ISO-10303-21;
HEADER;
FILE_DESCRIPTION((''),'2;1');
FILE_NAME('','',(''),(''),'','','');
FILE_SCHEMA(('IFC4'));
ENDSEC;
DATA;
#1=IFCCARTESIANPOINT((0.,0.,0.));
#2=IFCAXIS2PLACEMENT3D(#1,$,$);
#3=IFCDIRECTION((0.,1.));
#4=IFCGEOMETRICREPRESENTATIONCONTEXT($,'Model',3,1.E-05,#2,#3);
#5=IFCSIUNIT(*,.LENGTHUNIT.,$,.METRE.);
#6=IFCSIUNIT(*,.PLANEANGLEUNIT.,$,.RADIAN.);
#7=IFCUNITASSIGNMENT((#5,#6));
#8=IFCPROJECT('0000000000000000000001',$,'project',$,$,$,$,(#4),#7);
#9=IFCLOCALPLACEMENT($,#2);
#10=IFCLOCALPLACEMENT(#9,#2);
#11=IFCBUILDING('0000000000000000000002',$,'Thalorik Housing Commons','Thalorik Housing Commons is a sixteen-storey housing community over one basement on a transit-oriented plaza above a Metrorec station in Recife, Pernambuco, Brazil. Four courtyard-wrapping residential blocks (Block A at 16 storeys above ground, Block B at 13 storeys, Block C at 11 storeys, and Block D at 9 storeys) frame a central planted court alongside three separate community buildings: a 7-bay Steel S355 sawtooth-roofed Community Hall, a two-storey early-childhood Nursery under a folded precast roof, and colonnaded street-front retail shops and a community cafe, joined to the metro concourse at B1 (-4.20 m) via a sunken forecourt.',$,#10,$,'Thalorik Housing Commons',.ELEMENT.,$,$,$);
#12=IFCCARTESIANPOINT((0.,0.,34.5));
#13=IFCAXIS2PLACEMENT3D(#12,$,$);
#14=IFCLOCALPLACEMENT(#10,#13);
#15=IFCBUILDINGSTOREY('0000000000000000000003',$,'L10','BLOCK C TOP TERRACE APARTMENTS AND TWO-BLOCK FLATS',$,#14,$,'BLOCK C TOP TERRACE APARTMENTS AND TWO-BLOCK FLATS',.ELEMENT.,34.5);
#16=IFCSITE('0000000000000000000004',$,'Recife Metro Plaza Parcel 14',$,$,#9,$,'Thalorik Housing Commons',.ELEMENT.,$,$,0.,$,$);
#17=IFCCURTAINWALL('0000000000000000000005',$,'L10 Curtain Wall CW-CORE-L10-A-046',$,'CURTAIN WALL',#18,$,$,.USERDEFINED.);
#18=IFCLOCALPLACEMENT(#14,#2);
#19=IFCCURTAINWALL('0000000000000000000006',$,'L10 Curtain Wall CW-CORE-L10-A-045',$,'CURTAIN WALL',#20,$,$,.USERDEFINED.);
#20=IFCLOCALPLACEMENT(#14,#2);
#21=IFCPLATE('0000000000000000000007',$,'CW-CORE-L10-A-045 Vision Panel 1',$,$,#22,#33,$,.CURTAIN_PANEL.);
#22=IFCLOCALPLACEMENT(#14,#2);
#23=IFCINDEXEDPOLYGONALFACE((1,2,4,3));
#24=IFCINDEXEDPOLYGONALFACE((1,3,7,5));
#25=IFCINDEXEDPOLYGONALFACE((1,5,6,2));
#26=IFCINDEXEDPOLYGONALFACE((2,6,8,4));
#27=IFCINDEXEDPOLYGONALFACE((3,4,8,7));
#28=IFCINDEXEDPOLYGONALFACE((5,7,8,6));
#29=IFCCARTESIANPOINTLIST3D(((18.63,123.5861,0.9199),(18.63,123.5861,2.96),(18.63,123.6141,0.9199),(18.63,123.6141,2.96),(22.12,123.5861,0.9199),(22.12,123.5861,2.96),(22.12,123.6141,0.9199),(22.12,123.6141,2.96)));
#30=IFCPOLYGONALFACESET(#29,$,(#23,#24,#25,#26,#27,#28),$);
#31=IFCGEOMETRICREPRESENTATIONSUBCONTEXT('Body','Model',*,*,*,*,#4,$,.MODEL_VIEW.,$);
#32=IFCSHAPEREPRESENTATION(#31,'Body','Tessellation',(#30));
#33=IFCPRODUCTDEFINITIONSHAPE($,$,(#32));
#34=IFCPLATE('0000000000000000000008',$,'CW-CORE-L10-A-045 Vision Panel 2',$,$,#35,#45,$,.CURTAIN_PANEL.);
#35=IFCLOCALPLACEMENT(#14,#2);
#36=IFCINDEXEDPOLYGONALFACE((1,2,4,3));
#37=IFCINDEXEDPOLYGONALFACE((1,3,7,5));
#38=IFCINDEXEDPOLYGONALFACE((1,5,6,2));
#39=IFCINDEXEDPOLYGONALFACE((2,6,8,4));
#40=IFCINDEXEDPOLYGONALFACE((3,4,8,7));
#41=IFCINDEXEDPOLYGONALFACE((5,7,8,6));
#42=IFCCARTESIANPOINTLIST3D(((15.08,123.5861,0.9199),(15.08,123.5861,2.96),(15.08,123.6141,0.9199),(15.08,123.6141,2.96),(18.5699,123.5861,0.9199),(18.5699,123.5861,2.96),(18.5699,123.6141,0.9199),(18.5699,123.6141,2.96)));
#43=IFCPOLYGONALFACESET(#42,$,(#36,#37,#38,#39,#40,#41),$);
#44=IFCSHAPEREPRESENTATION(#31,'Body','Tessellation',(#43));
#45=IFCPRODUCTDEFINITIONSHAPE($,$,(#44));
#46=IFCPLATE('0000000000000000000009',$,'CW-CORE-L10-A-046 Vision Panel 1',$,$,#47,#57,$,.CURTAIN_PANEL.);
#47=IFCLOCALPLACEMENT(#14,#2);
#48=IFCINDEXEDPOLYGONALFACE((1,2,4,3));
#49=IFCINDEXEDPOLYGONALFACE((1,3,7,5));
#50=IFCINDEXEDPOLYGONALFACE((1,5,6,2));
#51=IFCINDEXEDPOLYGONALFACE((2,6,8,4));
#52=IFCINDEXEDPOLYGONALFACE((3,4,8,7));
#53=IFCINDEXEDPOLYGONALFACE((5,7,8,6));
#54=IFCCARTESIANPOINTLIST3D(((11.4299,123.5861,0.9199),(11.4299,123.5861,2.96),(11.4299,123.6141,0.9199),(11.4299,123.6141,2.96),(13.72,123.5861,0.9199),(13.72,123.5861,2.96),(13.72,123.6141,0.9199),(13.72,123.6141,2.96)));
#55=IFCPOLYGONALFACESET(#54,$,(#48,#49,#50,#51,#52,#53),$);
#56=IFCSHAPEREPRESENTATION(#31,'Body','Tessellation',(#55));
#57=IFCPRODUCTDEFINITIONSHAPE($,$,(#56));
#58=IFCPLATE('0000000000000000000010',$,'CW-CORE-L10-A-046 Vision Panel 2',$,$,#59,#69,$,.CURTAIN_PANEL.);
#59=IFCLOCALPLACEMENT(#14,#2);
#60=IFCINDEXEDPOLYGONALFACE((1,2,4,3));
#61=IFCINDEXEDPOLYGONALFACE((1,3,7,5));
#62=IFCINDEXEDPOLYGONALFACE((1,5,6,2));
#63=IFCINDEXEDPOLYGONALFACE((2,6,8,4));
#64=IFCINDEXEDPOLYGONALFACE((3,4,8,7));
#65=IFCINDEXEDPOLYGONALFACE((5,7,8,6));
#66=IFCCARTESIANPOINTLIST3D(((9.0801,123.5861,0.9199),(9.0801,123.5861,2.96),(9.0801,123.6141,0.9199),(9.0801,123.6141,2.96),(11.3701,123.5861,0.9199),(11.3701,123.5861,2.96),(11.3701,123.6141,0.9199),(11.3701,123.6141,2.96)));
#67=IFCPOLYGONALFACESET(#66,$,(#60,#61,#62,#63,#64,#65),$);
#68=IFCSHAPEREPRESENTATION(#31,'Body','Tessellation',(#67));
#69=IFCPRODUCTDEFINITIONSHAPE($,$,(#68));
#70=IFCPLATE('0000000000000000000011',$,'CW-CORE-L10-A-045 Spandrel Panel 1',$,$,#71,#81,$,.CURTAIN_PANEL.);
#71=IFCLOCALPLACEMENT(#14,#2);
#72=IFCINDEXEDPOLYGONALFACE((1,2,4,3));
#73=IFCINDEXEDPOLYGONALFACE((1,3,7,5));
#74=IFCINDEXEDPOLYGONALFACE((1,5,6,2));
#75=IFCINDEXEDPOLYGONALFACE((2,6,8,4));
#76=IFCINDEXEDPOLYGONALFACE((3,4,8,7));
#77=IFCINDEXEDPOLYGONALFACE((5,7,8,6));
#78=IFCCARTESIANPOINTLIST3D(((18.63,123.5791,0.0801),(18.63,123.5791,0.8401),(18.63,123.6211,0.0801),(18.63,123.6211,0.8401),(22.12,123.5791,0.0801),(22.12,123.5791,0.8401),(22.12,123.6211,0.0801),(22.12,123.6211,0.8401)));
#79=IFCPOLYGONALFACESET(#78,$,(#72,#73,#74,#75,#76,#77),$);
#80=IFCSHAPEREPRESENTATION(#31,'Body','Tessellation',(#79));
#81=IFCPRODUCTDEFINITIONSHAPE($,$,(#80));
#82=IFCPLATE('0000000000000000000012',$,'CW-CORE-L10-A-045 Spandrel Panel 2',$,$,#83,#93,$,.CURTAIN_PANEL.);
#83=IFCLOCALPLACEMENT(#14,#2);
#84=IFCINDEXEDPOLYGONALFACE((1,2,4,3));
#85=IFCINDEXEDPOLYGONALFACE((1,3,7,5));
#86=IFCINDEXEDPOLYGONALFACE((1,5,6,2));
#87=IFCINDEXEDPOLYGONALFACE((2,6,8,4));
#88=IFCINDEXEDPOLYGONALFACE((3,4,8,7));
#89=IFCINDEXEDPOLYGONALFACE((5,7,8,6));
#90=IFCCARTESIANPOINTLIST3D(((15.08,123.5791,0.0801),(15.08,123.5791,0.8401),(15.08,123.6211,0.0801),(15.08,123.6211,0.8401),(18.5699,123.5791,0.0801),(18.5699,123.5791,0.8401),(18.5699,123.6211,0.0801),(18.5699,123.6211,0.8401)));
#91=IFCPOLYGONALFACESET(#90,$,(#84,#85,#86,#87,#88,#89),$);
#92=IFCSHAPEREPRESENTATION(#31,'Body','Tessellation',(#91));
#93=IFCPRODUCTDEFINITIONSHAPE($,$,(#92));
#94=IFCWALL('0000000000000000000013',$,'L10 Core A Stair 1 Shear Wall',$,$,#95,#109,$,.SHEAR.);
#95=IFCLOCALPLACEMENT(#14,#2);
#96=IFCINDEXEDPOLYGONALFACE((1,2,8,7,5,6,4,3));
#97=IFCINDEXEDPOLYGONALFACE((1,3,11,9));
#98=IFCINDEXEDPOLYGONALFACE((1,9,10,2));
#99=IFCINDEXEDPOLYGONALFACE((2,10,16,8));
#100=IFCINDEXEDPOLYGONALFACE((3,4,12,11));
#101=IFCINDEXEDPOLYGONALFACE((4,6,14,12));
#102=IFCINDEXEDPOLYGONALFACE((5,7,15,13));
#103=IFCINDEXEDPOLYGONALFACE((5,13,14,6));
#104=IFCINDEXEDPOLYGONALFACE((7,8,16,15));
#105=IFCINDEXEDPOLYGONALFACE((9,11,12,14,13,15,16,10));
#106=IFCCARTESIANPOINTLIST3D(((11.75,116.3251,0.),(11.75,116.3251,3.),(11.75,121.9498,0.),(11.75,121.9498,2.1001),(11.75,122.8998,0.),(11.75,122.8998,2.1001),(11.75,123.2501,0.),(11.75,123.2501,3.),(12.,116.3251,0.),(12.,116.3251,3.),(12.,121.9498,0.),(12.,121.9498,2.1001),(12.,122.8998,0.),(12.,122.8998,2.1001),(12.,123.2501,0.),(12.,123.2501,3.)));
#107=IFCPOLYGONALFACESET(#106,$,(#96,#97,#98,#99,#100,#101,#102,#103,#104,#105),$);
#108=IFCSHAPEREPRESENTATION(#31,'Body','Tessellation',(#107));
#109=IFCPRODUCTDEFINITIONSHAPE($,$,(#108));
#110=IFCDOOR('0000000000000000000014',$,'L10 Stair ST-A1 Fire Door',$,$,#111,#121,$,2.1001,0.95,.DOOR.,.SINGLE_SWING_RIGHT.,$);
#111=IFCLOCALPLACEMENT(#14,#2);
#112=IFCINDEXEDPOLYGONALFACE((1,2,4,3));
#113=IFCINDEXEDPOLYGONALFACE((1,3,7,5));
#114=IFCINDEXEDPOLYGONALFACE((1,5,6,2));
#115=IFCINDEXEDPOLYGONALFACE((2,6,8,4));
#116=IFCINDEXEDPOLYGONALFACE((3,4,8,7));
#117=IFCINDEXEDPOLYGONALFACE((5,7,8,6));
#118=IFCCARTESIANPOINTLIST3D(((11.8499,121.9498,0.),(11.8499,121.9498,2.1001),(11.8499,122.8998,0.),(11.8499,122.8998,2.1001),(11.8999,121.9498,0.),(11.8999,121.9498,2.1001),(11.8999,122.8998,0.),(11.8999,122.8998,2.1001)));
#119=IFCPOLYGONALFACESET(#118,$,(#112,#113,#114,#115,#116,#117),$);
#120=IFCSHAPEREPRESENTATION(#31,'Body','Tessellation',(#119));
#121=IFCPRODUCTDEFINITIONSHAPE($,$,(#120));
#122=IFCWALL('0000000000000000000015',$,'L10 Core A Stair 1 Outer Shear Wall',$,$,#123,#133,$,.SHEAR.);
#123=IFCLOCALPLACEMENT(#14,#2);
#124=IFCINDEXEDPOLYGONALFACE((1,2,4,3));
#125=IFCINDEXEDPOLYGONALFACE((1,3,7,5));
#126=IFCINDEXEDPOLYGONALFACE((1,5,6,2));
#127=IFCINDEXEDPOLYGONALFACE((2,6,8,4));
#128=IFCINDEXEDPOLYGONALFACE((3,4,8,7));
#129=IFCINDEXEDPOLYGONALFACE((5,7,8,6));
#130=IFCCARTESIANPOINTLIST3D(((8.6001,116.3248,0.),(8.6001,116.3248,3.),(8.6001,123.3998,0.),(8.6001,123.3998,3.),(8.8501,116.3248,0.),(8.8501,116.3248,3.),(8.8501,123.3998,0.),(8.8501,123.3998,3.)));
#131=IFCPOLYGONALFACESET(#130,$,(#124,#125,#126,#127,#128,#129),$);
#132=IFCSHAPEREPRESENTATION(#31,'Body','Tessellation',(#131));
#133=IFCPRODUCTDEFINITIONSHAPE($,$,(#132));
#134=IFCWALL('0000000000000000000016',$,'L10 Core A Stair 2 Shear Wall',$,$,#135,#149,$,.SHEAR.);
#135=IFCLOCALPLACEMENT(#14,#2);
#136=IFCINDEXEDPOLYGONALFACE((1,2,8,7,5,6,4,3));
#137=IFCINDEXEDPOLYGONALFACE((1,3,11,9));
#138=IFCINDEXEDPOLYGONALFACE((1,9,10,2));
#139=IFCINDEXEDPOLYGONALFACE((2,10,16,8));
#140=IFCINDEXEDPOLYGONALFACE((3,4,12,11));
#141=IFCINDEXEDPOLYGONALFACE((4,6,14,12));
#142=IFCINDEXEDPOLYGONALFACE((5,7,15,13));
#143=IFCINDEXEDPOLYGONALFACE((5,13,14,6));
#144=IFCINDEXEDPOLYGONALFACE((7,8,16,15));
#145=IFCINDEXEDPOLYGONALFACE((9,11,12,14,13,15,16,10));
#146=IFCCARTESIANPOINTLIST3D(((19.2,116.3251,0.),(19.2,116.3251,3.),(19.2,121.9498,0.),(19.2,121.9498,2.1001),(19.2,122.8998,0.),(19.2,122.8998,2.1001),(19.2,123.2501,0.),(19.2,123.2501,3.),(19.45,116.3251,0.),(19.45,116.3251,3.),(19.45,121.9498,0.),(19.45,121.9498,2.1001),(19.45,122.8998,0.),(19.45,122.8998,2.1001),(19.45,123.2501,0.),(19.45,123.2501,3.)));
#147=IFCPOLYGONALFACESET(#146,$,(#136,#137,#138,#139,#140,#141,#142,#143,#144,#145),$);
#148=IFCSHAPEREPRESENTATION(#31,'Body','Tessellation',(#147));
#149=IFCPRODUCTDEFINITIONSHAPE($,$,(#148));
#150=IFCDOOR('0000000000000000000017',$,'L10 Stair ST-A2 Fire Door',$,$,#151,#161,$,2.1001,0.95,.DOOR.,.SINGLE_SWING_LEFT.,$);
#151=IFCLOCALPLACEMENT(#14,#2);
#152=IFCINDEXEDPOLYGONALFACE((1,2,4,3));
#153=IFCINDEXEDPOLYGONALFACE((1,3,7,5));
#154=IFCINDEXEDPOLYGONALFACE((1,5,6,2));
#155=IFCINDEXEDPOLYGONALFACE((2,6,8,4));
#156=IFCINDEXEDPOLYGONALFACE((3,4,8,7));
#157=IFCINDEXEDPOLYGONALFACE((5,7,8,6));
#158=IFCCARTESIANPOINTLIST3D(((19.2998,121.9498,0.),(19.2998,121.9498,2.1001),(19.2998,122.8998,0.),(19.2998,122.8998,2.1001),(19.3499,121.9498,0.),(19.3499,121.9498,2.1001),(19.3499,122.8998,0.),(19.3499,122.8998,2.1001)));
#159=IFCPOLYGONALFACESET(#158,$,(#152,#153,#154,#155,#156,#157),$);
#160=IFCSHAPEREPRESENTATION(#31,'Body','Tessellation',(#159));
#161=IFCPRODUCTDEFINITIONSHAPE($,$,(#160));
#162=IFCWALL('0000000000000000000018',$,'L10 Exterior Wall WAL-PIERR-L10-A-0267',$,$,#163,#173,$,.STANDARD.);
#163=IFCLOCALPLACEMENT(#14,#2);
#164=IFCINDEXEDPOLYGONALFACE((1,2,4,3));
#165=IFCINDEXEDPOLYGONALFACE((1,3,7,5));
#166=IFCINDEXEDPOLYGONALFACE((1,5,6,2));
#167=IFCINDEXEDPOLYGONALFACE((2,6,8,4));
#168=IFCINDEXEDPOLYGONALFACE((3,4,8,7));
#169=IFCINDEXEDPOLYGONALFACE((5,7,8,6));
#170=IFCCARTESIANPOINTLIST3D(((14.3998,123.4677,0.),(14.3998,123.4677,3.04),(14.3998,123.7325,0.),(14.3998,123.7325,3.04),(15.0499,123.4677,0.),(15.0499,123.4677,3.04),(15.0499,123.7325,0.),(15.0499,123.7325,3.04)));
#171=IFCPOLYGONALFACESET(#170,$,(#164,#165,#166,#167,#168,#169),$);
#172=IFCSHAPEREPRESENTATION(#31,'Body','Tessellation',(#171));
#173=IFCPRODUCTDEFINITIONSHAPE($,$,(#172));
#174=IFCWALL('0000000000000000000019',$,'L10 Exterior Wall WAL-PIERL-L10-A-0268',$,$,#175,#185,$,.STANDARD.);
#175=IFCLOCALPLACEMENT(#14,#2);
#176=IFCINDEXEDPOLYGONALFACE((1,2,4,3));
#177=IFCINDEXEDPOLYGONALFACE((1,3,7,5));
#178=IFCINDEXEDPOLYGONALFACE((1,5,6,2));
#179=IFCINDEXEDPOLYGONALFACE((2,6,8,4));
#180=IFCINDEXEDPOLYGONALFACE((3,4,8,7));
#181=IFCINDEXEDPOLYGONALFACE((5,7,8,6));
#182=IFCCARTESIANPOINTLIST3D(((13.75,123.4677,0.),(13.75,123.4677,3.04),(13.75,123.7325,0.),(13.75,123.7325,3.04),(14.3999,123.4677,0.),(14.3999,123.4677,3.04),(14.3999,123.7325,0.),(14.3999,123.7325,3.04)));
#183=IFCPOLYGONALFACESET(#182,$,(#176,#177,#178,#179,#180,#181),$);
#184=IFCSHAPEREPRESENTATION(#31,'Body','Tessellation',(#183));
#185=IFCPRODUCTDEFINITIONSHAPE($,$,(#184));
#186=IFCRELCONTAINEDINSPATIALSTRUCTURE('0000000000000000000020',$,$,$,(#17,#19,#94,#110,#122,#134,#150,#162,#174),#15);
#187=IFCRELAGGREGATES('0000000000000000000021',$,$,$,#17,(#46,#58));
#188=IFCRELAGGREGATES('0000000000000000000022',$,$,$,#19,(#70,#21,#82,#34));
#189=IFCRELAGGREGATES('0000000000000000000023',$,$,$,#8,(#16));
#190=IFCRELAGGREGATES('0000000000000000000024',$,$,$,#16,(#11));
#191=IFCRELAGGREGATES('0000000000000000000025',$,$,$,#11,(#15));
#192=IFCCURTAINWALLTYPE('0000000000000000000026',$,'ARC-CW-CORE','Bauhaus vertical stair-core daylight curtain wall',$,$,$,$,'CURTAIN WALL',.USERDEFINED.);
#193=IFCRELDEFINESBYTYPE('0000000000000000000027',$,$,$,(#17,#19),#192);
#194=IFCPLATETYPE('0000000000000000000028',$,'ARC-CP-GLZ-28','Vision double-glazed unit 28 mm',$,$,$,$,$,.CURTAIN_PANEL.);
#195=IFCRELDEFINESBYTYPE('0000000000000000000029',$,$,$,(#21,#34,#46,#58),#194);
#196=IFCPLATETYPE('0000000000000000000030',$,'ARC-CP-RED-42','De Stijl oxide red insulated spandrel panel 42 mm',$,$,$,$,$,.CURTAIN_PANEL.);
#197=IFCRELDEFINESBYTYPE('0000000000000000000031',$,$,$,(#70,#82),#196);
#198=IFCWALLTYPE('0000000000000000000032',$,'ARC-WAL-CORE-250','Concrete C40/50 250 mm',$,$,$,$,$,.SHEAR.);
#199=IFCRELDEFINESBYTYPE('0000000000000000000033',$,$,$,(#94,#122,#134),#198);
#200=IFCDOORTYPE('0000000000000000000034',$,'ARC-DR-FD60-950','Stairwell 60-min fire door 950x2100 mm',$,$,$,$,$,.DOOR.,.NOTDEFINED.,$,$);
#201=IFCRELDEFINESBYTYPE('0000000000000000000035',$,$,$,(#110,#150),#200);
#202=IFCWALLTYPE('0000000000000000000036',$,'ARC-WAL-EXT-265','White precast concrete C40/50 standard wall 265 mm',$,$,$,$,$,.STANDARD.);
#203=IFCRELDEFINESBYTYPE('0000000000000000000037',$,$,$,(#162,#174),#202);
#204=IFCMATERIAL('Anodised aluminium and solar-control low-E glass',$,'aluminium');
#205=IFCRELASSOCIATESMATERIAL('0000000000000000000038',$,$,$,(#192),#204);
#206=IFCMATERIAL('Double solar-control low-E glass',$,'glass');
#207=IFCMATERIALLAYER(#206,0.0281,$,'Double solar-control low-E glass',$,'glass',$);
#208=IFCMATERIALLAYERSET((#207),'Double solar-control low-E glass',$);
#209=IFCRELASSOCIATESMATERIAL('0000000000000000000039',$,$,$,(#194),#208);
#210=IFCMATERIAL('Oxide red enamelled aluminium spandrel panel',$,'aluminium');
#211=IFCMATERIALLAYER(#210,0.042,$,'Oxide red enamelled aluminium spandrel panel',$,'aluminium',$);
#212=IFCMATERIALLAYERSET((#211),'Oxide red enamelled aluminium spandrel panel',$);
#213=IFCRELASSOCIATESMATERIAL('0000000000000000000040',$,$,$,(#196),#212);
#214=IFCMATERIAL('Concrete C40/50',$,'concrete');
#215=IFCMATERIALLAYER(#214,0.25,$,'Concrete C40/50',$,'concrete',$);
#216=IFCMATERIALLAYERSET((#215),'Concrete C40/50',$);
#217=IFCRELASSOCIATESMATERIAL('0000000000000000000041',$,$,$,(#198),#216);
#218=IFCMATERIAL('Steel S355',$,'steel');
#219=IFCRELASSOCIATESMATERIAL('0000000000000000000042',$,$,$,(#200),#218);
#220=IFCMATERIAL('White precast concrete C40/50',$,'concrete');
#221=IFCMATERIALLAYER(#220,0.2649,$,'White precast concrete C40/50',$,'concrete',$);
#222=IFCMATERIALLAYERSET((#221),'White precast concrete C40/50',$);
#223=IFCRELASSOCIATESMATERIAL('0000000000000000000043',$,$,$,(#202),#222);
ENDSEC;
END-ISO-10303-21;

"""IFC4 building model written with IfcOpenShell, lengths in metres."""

from ifc_helpers import new_model, si_unit, direction, frame, frame_2d, origin, origin_2d, place, context, subcontext, project, spatial, rectangle, extrude, material, layer, layer_set, type_object, element, fill, aggregate, save


model = new_model("IFC4")

# Units and contexts
model_context = context("Model", 3, precision=1e-05, world=origin(), true_north=direction((0.0, 1.0)))
body_context = subcontext(model_context, "Body", "Model", "MODEL_VIEW")
ifc_project = project(units=[si_unit("LENGTHUNIT", "METRE"), si_unit("PLANEANGLEUNIT", "RADIAN")], contexts=[model_context])

# Site, building, storey
site_placement = place(None, origin())
site = spatial("IfcSite", under=ifc_project, at=site_placement, Name="Recife Metro Plaza Parcel 14", LongName="Thalorik Housing Commons", CompositionType="ELEMENT", RefElevation=0.0)
building_placement = place(site_placement, origin())
building = spatial("IfcBuilding", under=site, at=building_placement, Name="Thalorik Housing Commons", Description="Thalorik Housing Commons is a sixteen-storey housing community over one basement on a transit-oriented plaza above a Metrorec station in Recife, Pernambuco, Brazil. Four courtyard-wrapping residential blocks (Block A at 16 storeys above ground, Block B at 13 storeys, Block C at 11 storeys, and Block D at 9 storeys) frame a central planted court alongside three separate community buildings: a 7-bay Steel S355 sawtooth-roofed Community Hall, a two-storey early-childhood Nursery under a folded precast roof, and colonnaded street-front retail shops and a community cafe, joined to the metro concourse at B1 (-4.20 m) via a sunken forecourt.", LongName="Thalorik Housing Commons", CompositionType="ELEMENT")
storey_placement = place(building_placement, frame((0.0, 0.0, 34.5)))
storey = spatial("IfcBuildingStorey", under=building, at=storey_placement, Name="L10", Description="BLOCK C TOP TERRACE APARTMENTS AND TWO-BLOCK FLATS", LongName="BLOCK C TOP TERRACE APARTMENTS AND TWO-BLOCK FLATS", CompositionType="ELEMENT", Elevation=34.5)

# Curtain walls
ifc_material_1 = material(Name="Anodised aluminium and solar-control low-E glass", Category="aluminium")
curtain_wall_type = type_object("IfcCurtainWallType", Name="ARC-CW-CORE", Description="Bauhaus vertical stair-core daylight curtain wall", ElementType="CURTAIN WALL", PredefinedType="USERDEFINED", material=ifc_material_1)
curtain_wall_1_placement = place(storey_placement, origin())
curtain_wall_1 = element("IfcCurtainWall", 1, at=curtain_wall_1_placement, inside=storey, type_object=curtain_wall_type, Name="L10 Curtain Wall CW-CORE-L10-A-046", ObjectType="CURTAIN WALL", PredefinedType="USERDEFINED")
curtain_wall_2_placement = place(storey_placement, origin())
curtain_wall_2 = element("IfcCurtainWall", 2, at=curtain_wall_2_placement, inside=storey, type_object=curtain_wall_type, Name="L10 Curtain Wall CW-CORE-L10-A-045", ObjectType="CURTAIN WALL", PredefinedType="USERDEFINED")

# Plates
ifc_material_2 = material(Name="Double solar-control low-E glass", Category="glass")
ifc_layer_1 = layer(ifc_material_2, 0.0281, Name="Double solar-control low-E glass", Category="glass")
ifc_layer_set_1 = layer_set([ifc_layer_1], Name="Double solar-control low-E glass")
plate_type_1 = type_object("IfcPlateType", Name="ARC-CP-GLZ-28", Description="Vision double-glazed unit 28 mm", PredefinedType="CURTAIN_PANEL", material=ifc_layer_set_1)
plate_1_placement = place(storey_placement, frame((20.375, 123.6001, 0.9199), z_axis=(0.0, 0.0, 1.0), x_axis=(-1.0, 0.0, 0.0)))
plate_1 = element("IfcPlate", 3, at=plate_1_placement, type_object=plate_type_1, Name="CW-CORE-L10-A-045 Vision Panel 1", PredefinedType="CURTAIN_PANEL", context=body_context, shape_type="SweptSolid", body=[
    extrude(rectangle(XDim=3.49, YDim=0.0281, at=origin_2d()), origin(), (0.0, 0.0, 1.0), 2.04),
])
plate_2_placement = place(storey_placement, frame((16.825, 123.6001, 0.9199), z_axis=(0.0, 0.0, 1.0), x_axis=(-1.0, 0.0, 0.0)))
plate_2 = element("IfcPlate", 4, at=plate_2_placement, type_object=plate_type_1, Name="CW-CORE-L10-A-045 Vision Panel 2", PredefinedType="CURTAIN_PANEL", context=body_context, shape_type="SweptSolid", body=[
    extrude(rectangle(XDim=3.49, YDim=0.0281, at=origin_2d()), origin(), (0.0, 0.0, 1.0), 2.04),
])
plate_3_placement = place(storey_placement, frame((12.575, 123.6001, 0.9199), z_axis=(0.0, 0.0, 1.0), x_axis=(-1.0, 0.0, 0.0)))
plate_3 = element("IfcPlate", 5, at=plate_3_placement, type_object=plate_type_1, Name="CW-CORE-L10-A-046 Vision Panel 1", PredefinedType="CURTAIN_PANEL", context=body_context, shape_type="SweptSolid", body=[
    extrude(rectangle(XDim=2.29, YDim=0.0281, at=origin_2d()), origin(), (0.0, 0.0, 1.0), 2.04),
])
plate_4_placement = place(storey_placement, frame((10.2251, 123.6001, 0.9199), z_axis=(0.0, 0.0, 1.0), x_axis=(-1.0, 0.0, 0.0)))
plate_4 = element("IfcPlate", 6, at=plate_4_placement, type_object=plate_type_1, Name="CW-CORE-L10-A-046 Vision Panel 2", PredefinedType="CURTAIN_PANEL", context=body_context, shape_type="SweptSolid", body=[
    extrude(rectangle(XDim=2.29, YDim=0.0281, at=origin_2d()), origin(), (0.0, 0.0, 1.0), 2.04),
])
aggregate(curtain_wall_1, [plate_3, plate_4])
ifc_material_3 = material(Name="Oxide red enamelled aluminium spandrel panel", Category="aluminium")
ifc_layer_2 = layer(ifc_material_3, 0.042, Name="Oxide red enamelled aluminium spandrel panel", Category="aluminium")
ifc_layer_set_2 = layer_set([ifc_layer_2], Name="Oxide red enamelled aluminium spandrel panel")
plate_type_2 = type_object("IfcPlateType", Name="ARC-CP-RED-42", Description="De Stijl oxide red insulated spandrel panel 42 mm", PredefinedType="CURTAIN_PANEL", material=ifc_layer_set_2)
plate_5_placement = place(storey_placement, frame((20.375, 123.6001, 0.0801), z_axis=(0.0, 0.0, 1.0), x_axis=(-1.0, 0.0, 0.0)))
plate_5 = element("IfcPlate", 7, at=plate_5_placement, type_object=plate_type_2, Name="CW-CORE-L10-A-045 Spandrel Panel 1", PredefinedType="CURTAIN_PANEL", context=body_context, shape_type="SweptSolid", body=[
    extrude(rectangle(XDim=3.49, YDim=0.042, at=origin_2d()), origin(), (0.0, 0.0, 1.0), 0.76),
])
plate_6_placement = place(storey_placement, frame((16.825, 123.6001, 0.0801), z_axis=(0.0, 0.0, 1.0), x_axis=(-1.0, 0.0, 0.0)))
plate_6 = element("IfcPlate", 8, at=plate_6_placement, type_object=plate_type_2, Name="CW-CORE-L10-A-045 Spandrel Panel 2", PredefinedType="CURTAIN_PANEL", context=body_context, shape_type="SweptSolid", body=[
    extrude(rectangle(XDim=3.49, YDim=0.042, at=origin_2d()), origin(), (0.0, 0.0, 1.0), 0.76),
])
aggregate(curtain_wall_2, [plate_5, plate_1, plate_6, plate_2])

# Wall, opening, door
ifc_material_4 = material(Name="Concrete C40/50", Category="concrete")
ifc_layer_3 = layer(ifc_material_4, 0.25, Name="Concrete C40/50", Category="concrete")
ifc_layer_set_3 = layer_set([ifc_layer_3], Name="Concrete C40/50")
wall_type_1 = type_object("IfcWallType", Name="ARC-WAL-CORE-250", Description="Concrete C40/50 250 mm", PredefinedType="SHEAR", material=ifc_layer_set_3)
wall_1_placement = place(storey_placement, frame((11.875, 123.25, 0.0), z_axis=(0.0, 0.0, 1.0), x_axis=(0.0, -1.0, 0.0)))
wall_1 = element("IfcWall", 9, at=wall_1_placement, inside=storey, type_object=wall_type_1, Name="L10 Core A Stair 1 Shear Wall", PredefinedType="SHEAR", context=body_context, shape_type="SweptSolid", body=[
    extrude(rectangle(XDim=6.925, YDim=0.25, at=frame_2d((3.4624, 0.0))), origin(), (0.0, 0.0, 1.0), 3.0),
])
opening_1_placement = place(wall_1_placement, frame((0.3501, 0.0, 0.0)))
opening_1 = element("IfcOpeningElement", 10, at=opening_1_placement, cuts=wall_1, PredefinedType="OPENING", context=body_context, shape_type="SweptSolid", body=[
    extrude(rectangle(XDim=0.95, YDim=2.1001, at=frame_2d((0.4751, 1.05))), frame((0.0, 0.135, 0.0), z_axis=(0.0, -1.0, 0.0), x_axis=(1.0, 0.0, 0.0)), (0.0, 0.0, 1.0), 0.27),
])
ifc_material_5 = material(Name="Steel S355", Category="steel")
door_type = type_object("IfcDoorType", Name="ARC-DR-FD60-950", Description="Stairwell 60-min fire door 950x2100 mm", OperationType="NOTDEFINED", PredefinedType="DOOR", material=ifc_material_5)
door_1_placement = place(opening_1_placement, origin())
door_1 = element("IfcDoor", 11, at=door_1_placement, inside=storey, type_object=door_type, Name="L10 Stair ST-A1 Fire Door", OperationType="SINGLE_SWING_RIGHT", OverallHeight=2.1001, OverallWidth=0.95, PredefinedType="DOOR", context=body_context, shape_type="SweptSolid", body=[
    extrude(rectangle(XDim=0.95, YDim=2.1001, at=frame_2d((0.4751, 1.05))), frame((0.0, 0.0249, 0.0), z_axis=(0.0, -1.0, 0.0), x_axis=(1.0, 0.0, 0.0)), (0.0, 0.0, 1.0), 0.05),
])
fill(opening_1, door_1)

# Wall
wall_2_placement = place(storey_placement, frame((8.7251, 123.3999, 0.0), z_axis=(0.0, 0.0, 1.0), x_axis=(0.0, -1.0, 0.0)))
element("IfcWall", 12, at=wall_2_placement, inside=storey, type_object=wall_type_1, Name="L10 Core A Stair 1 Outer Shear Wall", PredefinedType="SHEAR", context=body_context, shape_type="SweptSolid", body=[
    extrude(rectangle(XDim=7.075, YDim=0.25, at=frame_2d((3.5376, 0.0))), origin(), (0.0, 0.0, 1.0), 3.0),
])

# Wall, opening, door
wall_3_placement = place(storey_placement, frame((19.325, 123.25, 0.0), z_axis=(0.0, 0.0, 1.0), x_axis=(0.0, -1.0, 0.0)))
wall_3 = element("IfcWall", 13, at=wall_3_placement, inside=storey, type_object=wall_type_1, Name="L10 Core A Stair 2 Shear Wall", PredefinedType="SHEAR", context=body_context, shape_type="SweptSolid", body=[
    extrude(rectangle(XDim=6.925, YDim=0.25, at=frame_2d((3.4624, 0.0))), origin(), (0.0, 0.0, 1.0), 3.0),
])
opening_2_placement = place(wall_3_placement, frame((0.3501, 0.0, 0.0)))
opening_2 = element("IfcOpeningElement", 14, at=opening_2_placement, cuts=wall_3, PredefinedType="OPENING", context=body_context, shape_type="SweptSolid", body=[
    extrude(rectangle(XDim=0.95, YDim=2.1001, at=frame_2d((0.4751, 1.05))), frame((0.0, 0.135, 0.0), z_axis=(0.0, -1.0, 0.0), x_axis=(1.0, 0.0, 0.0)), (0.0, 0.0, 1.0), 0.27),
])
door_2_placement = place(opening_2_placement, origin())
door_2 = element("IfcDoor", 15, at=door_2_placement, inside=storey, type_object=door_type, Name="L10 Stair ST-A2 Fire Door", OperationType="SINGLE_SWING_LEFT", OverallHeight=2.1001, OverallWidth=0.95, PredefinedType="DOOR", context=body_context, shape_type="SweptSolid", body=[
    extrude(rectangle(XDim=0.95, YDim=2.1001, at=frame_2d((0.4751, 1.05))), frame((0.0, 0.0249, 0.0), z_axis=(0.0, -1.0, 0.0), x_axis=(1.0, 0.0, 0.0)), (0.0, 0.0, 1.0), 0.05),
])
fill(opening_2, door_2)

# Walls
ifc_material_6 = material(Name="White precast concrete C40/50", Category="concrete")
ifc_layer_4 = layer(ifc_material_6, 0.2649, Name="White precast concrete C40/50", Category="concrete")
ifc_layer_set_4 = layer_set([ifc_layer_4], Name="White precast concrete C40/50")
wall_type_2 = type_object("IfcWallType", Name="ARC-WAL-EXT-265", Description="White precast concrete C40/50 standard wall 265 mm", PredefinedType="STANDARD", material=ifc_layer_set_4)
wall_4_placement = place(storey_placement, frame((15.05, 123.6001, 0.0), z_axis=(0.0, 0.0, 1.0), x_axis=(-1.0, 0.0, 0.0)))
element("IfcWall", 16, at=wall_4_placement, inside=storey, type_object=wall_type_2, Name="L10 Exterior Wall WAL-PIERR-L10-A-0267", PredefinedType="STANDARD", context=body_context, shape_type="SweptSolid", body=[
    extrude(rectangle(XDim=0.6501, YDim=0.2649, at=frame_2d((0.3252, 0.0))), origin(), (0.0, 0.0, 1.0), 3.04),
])
wall_5_placement = place(storey_placement, frame((14.3999, 123.6001, 0.0), z_axis=(0.0, 0.0, 1.0), x_axis=(-1.0, 0.0, 0.0)))
element("IfcWall", 17, at=wall_5_placement, inside=storey, type_object=wall_type_2, Name="L10 Exterior Wall WAL-PIERL-L10-A-0268", PredefinedType="STANDARD", context=body_context, shape_type="SweptSolid", body=[
    extrude(rectangle(XDim=0.6499, YDim=0.2649, at=frame_2d((0.325, 0.0))), origin(), (0.0, 0.0, 1.0), 3.04),
])

save(model, "model.ifc")
